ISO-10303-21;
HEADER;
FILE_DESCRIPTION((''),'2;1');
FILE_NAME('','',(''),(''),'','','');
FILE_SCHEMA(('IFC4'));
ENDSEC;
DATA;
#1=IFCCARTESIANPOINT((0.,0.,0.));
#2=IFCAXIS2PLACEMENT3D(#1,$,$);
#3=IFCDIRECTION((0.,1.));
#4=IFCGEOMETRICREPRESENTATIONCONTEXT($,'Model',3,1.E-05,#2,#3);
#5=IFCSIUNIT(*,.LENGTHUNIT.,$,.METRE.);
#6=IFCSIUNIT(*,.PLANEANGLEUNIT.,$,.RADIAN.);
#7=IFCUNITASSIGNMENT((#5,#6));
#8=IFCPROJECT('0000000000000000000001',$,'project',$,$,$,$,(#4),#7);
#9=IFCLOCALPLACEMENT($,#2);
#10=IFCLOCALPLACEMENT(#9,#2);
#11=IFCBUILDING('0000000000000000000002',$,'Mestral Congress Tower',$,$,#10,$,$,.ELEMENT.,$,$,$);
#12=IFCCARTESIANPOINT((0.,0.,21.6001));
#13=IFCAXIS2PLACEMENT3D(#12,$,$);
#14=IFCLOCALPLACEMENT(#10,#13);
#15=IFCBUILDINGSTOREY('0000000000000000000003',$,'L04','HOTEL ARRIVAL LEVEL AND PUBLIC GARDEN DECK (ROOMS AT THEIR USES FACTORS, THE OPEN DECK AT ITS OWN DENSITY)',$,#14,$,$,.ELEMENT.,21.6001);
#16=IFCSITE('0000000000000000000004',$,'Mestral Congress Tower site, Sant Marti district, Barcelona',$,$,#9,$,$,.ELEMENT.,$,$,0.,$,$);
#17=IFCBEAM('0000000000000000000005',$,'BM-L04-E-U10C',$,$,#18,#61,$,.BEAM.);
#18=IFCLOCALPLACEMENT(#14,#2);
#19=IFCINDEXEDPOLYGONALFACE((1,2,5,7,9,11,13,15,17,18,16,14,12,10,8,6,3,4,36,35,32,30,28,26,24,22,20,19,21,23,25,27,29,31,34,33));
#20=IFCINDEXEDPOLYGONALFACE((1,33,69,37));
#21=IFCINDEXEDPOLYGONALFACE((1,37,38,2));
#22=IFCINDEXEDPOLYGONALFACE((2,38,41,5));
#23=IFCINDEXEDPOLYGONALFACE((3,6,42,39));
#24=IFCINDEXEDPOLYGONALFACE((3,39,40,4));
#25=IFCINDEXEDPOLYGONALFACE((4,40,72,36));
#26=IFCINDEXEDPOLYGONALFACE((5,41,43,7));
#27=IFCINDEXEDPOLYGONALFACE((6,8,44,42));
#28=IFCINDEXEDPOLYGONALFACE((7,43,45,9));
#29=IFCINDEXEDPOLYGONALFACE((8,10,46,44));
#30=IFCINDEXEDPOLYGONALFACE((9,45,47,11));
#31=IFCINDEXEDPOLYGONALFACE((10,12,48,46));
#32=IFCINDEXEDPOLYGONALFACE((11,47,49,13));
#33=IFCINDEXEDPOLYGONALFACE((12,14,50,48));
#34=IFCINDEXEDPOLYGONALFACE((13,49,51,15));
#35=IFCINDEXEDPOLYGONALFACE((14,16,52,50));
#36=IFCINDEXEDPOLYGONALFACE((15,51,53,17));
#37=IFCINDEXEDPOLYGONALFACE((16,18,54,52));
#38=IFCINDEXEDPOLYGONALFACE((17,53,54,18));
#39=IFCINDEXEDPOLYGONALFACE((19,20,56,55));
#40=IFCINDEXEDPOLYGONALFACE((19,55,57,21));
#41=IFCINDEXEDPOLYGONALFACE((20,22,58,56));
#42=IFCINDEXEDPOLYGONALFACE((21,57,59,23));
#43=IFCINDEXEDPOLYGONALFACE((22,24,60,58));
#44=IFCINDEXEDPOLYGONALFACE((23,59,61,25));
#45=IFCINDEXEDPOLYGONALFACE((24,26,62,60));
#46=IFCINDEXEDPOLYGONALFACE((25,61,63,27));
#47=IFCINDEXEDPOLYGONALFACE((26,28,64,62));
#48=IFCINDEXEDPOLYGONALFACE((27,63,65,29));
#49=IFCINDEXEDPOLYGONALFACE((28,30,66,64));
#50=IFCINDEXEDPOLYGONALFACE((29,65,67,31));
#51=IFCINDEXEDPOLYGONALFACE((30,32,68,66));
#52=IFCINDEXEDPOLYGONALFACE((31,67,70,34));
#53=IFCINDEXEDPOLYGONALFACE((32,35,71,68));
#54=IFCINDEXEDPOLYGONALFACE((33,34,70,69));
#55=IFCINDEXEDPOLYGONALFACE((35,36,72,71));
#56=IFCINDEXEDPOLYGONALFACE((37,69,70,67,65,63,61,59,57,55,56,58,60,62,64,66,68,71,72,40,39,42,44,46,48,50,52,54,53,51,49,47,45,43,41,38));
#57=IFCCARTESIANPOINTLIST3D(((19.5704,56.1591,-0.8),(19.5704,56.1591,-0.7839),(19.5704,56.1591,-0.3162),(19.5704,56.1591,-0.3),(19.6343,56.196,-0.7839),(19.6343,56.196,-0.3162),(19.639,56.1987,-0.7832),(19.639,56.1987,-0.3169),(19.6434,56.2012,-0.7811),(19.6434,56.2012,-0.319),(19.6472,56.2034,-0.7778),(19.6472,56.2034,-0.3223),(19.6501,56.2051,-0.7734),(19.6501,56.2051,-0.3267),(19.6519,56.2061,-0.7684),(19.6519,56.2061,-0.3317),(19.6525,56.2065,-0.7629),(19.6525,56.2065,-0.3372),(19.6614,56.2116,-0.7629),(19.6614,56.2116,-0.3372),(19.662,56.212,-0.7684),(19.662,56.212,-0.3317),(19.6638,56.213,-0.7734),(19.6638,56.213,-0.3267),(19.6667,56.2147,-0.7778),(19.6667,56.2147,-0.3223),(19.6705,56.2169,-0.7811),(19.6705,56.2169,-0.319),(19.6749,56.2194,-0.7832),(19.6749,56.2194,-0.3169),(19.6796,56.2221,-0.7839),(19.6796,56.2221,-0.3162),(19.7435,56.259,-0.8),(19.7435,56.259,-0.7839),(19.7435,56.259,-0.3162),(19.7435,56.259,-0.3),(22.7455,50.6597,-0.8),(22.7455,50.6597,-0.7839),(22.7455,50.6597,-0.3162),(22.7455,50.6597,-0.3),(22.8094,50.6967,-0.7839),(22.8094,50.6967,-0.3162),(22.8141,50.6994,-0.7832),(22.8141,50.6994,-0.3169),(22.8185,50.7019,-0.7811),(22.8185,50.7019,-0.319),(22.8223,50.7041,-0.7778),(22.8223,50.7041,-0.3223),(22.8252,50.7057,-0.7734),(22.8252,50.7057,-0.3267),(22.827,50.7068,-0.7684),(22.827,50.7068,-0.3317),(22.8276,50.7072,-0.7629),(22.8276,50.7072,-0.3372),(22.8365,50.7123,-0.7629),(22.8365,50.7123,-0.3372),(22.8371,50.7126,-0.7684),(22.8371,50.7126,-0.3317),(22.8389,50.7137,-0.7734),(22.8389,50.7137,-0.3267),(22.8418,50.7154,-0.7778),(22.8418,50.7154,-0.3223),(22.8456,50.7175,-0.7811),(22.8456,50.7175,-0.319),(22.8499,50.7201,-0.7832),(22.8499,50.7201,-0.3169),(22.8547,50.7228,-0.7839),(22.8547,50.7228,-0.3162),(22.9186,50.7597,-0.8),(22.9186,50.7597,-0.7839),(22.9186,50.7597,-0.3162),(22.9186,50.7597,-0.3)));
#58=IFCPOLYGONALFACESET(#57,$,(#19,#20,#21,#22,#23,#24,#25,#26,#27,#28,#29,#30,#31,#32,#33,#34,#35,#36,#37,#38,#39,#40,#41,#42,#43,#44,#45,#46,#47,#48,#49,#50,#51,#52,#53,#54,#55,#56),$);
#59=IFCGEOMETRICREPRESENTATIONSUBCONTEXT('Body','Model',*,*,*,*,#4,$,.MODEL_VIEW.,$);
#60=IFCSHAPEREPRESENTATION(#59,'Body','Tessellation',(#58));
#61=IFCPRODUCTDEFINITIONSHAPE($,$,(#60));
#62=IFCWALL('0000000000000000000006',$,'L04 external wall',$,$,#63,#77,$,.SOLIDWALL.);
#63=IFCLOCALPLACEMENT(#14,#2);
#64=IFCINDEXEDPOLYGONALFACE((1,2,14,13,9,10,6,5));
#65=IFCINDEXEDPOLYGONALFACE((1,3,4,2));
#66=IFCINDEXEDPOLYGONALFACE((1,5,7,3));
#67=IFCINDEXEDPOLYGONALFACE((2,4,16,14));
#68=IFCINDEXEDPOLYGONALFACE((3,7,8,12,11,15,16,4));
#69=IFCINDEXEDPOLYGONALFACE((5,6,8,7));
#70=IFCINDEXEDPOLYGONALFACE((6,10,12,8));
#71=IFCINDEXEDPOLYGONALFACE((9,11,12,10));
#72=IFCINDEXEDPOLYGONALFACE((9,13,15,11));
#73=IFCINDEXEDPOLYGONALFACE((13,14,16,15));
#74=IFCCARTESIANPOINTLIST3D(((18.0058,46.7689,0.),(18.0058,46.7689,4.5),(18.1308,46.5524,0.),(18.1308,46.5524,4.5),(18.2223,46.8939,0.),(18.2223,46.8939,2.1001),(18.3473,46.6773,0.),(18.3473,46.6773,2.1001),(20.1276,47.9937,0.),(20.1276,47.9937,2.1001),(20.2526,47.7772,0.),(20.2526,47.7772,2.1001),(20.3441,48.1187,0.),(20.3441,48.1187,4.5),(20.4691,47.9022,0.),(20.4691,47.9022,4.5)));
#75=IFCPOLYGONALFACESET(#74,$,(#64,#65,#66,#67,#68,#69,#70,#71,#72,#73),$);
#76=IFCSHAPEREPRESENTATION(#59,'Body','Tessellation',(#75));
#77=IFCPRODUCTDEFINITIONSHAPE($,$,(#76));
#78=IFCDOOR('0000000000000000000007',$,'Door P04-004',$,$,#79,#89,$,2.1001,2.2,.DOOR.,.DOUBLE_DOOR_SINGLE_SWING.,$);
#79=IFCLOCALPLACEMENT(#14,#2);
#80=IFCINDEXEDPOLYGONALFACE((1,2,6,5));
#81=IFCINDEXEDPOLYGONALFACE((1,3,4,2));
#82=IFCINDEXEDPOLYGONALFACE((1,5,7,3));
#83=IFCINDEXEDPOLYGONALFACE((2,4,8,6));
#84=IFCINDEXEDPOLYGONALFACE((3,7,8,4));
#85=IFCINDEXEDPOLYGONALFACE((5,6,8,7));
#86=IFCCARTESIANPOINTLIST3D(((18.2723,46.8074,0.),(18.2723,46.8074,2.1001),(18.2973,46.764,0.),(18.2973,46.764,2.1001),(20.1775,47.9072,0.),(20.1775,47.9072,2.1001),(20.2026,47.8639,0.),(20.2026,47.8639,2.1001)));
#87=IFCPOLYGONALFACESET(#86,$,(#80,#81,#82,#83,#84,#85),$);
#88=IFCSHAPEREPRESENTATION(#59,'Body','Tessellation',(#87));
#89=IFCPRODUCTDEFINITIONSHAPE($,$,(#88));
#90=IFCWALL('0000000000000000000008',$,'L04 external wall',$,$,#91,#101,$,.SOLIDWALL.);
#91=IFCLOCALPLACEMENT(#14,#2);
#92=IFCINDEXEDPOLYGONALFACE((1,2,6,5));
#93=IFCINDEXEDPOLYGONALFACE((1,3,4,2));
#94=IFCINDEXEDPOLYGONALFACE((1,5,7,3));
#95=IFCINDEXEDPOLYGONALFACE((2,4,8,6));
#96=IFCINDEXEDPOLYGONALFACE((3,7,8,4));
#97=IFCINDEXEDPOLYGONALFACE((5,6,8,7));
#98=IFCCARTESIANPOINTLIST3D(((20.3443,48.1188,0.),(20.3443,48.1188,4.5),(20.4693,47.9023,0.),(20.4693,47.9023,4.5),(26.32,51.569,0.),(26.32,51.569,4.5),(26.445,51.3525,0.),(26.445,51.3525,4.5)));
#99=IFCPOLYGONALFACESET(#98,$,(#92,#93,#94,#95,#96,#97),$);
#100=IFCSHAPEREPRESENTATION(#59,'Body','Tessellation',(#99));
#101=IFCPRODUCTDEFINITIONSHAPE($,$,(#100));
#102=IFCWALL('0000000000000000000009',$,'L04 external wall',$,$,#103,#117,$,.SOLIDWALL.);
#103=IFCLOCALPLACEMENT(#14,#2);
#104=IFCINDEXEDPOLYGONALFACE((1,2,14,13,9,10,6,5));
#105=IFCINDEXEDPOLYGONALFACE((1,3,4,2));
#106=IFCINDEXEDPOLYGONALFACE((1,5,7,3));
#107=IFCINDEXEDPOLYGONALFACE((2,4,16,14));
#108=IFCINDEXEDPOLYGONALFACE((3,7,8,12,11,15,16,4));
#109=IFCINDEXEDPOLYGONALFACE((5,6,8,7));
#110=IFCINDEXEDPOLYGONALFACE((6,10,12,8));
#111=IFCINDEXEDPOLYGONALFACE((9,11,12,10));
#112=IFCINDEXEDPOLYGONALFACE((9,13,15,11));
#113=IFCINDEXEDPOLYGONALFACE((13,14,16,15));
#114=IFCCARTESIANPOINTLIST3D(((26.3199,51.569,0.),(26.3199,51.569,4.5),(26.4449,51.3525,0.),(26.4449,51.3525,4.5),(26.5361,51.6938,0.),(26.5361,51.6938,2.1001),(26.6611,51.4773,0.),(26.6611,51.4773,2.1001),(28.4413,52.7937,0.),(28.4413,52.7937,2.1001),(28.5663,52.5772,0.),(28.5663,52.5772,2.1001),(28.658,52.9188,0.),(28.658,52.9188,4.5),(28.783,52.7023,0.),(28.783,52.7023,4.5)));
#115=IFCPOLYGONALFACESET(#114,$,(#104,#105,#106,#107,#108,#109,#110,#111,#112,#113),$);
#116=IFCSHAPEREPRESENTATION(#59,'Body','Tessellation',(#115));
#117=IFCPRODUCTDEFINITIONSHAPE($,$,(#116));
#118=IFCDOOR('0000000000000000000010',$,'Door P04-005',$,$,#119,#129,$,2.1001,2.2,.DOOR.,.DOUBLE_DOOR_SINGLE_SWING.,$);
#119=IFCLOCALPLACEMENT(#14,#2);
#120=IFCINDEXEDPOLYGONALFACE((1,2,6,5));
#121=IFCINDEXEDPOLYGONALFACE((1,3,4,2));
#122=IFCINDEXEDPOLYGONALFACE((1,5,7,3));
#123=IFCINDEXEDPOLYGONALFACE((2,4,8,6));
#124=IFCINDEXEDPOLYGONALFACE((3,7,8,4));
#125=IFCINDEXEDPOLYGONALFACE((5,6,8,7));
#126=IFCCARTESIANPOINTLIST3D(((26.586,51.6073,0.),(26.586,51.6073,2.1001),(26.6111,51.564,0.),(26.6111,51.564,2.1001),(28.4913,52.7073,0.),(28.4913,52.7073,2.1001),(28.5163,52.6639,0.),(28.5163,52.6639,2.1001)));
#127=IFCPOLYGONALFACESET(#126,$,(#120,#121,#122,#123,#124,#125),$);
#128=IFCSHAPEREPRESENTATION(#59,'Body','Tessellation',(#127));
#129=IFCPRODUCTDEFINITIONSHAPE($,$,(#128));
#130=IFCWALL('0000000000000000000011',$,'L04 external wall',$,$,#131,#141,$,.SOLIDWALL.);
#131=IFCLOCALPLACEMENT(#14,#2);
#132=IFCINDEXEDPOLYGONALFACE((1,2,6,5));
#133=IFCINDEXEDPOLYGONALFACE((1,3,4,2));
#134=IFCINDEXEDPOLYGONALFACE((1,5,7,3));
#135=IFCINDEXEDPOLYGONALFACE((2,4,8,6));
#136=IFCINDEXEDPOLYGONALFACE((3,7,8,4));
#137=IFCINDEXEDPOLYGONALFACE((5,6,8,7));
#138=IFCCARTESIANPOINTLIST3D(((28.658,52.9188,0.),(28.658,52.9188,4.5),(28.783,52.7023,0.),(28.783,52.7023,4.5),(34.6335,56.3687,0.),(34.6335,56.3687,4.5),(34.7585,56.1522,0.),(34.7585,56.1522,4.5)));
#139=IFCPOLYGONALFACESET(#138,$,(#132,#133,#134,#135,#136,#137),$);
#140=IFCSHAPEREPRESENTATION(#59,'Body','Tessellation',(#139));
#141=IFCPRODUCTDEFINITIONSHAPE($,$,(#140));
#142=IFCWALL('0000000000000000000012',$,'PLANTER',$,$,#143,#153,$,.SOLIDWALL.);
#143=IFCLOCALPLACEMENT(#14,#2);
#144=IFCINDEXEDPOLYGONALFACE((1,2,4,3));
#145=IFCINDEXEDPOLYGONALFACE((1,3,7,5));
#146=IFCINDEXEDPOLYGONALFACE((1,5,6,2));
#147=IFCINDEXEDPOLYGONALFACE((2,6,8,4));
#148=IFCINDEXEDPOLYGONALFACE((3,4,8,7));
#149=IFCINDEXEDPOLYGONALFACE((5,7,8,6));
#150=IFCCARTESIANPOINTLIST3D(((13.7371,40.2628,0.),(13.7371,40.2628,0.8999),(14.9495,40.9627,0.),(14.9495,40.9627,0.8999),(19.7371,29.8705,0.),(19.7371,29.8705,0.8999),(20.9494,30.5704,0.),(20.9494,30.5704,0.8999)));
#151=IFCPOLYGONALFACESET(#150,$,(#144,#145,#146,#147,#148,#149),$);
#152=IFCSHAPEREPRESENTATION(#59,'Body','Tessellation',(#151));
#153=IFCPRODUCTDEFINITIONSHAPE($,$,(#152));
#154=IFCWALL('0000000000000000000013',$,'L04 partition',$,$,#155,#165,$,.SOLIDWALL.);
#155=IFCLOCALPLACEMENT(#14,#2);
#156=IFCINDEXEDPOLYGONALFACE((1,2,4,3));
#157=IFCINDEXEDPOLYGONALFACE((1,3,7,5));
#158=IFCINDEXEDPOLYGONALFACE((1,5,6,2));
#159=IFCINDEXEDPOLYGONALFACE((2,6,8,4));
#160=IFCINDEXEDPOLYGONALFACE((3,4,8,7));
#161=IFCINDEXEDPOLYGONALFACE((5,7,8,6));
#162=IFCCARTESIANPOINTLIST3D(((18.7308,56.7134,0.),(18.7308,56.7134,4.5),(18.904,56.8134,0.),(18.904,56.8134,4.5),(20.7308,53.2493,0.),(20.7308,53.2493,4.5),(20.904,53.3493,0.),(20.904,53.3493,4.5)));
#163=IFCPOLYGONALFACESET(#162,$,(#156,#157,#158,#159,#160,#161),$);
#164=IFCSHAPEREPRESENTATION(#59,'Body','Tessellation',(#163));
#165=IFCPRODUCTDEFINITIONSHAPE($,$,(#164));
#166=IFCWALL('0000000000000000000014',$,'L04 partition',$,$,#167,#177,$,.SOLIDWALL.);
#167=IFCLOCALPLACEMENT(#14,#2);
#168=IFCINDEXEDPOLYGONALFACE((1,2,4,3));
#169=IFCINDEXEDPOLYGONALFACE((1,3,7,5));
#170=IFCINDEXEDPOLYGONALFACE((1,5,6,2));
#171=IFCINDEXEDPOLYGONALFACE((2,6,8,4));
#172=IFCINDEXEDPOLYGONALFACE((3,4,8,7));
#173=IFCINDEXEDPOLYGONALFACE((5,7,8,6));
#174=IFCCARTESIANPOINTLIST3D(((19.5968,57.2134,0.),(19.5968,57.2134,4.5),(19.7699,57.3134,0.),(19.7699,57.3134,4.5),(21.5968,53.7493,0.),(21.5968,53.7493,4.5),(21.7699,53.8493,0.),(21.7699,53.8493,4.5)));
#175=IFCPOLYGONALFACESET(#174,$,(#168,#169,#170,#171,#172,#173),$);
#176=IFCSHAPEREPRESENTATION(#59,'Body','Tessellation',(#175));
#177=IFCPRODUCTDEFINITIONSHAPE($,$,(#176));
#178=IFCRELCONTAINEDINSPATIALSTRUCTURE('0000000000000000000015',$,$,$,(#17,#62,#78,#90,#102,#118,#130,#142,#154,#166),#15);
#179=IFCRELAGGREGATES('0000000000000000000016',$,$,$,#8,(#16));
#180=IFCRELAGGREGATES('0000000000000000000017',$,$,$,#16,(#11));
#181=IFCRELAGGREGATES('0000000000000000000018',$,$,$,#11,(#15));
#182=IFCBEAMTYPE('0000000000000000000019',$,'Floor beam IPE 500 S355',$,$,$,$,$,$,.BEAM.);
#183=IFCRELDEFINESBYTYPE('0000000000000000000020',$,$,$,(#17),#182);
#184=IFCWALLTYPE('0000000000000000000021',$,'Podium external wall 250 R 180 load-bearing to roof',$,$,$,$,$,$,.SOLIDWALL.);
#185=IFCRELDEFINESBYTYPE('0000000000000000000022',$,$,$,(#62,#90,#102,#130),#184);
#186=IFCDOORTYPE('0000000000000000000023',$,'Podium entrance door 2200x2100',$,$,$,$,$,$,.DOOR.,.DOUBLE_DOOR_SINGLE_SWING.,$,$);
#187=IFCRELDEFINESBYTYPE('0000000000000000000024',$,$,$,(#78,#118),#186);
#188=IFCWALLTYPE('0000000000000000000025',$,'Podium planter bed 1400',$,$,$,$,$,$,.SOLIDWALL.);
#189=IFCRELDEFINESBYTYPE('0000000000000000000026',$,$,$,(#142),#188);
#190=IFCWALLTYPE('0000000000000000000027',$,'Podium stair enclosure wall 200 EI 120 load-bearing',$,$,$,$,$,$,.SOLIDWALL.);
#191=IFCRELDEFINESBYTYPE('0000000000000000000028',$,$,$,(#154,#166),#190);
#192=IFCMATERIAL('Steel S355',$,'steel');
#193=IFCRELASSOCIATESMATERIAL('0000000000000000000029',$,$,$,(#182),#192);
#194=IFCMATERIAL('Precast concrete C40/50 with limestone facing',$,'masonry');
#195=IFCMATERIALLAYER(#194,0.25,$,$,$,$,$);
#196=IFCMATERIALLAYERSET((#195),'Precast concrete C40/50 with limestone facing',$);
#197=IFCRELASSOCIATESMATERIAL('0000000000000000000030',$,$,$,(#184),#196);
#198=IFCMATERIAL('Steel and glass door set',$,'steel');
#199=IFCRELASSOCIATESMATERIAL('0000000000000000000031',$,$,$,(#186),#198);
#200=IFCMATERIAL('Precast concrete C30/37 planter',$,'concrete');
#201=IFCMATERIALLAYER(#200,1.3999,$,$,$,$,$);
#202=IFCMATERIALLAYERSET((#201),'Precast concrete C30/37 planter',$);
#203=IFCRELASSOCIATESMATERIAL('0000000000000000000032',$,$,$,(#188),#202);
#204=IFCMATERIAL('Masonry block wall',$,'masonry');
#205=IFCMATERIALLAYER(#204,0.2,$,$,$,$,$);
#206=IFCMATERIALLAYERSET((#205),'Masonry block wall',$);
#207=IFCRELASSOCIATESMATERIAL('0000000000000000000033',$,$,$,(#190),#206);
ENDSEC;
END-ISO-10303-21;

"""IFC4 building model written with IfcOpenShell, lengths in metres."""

from ifc_helpers import new_model, si_unit, direction, frame, frame_2d, origin, origin_2d, place, context, subcontext, project, spatial, rectangle, i_section, extrude, material, layer, layer_set, material_profile, profile_set, type_object, element, fill, save


model = new_model("IFC4")

# Units and contexts
model_context = context("Model", 3, precision=1e-05, world=origin(), true_north=direction((0.0, 1.0)))
body_context = subcontext(model_context, "Body", "Model", "MODEL_VIEW")
ifc_project = project(units=[si_unit("LENGTHUNIT", "METRE"), si_unit("PLANEANGLEUNIT", "RADIAN")], contexts=[model_context])

# Site, building, storey
site_placement = place(None, origin())
site = spatial("IfcSite", under=ifc_project, at=site_placement, Name="Mestral Congress Tower site, Sant Marti district, Barcelona", CompositionType="ELEMENT", RefElevation=0.0)
building_placement = place(site_placement, origin())
building = spatial("IfcBuilding", under=site, at=building_placement, Name="Mestral Congress Tower", CompositionType="ELEMENT")
storey_placement = place(building_placement, frame((0.0, 0.0, 21.6001)))
storey = spatial("IfcBuildingStorey", under=building, at=storey_placement, Name="L04", Description="HOTEL ARRIVAL LEVEL AND PUBLIC GARDEN DECK (ROOMS AT THEIR USES FACTORS, THE OPEN DECK AT ITS OWN DENSITY)", CompositionType="ELEMENT", Elevation=21.6001)

# Beam
ifc_material_1 = material(Name="Steel S355", Category="steel")
ifc_material_profile = material_profile(ifc_material_1, i_section(OverallWidth=0.2, OverallDepth=0.5, WebThickness=0.0103, FlangeThickness=0.0161, FilletRadius=0.021, at=origin_2d()), Name="IPE 500")
ifc_profile_set = profile_set([ifc_material_profile], Name="Steel S355")
beam_type = type_object("IfcBeamType", Name="Floor beam IPE 500 S355", PredefinedType="BEAM", material=ifc_profile_set)
beam_placement = place(storey_placement, frame((22.832, 50.7097, -0.55), z_axis=(-0.500005, 0.866022, 0.0), x_axis=(-0.866022, -0.500005, 0.0)))
element("IfcBeam", 1, at=beam_placement, inside=storey, type_object=beam_type, Name="BM-L04-E-U10C", PredefinedType="BEAM", context=body_context, shape_type="SweptSolid", body=[
    extrude(i_section(OverallWidth=0.2, OverallDepth=0.5, WebThickness=0.0103, FlangeThickness=0.0161, FilletRadius=0.021, at=origin_2d()), origin(), (0.0, 0.0, 1.0), 6.3501),
])

# Wall, opening, door
ifc_material_2 = material(Name="Precast concrete C40/50 with limestone facing", Category="masonry")
ifc_layer_1 = layer(ifc_material_2, 0.25)
ifc_layer_set_1 = layer_set([ifc_layer_1], Name="Precast concrete C40/50 with limestone facing")
wall_type_1 = type_object("IfcWallType", Name="Podium external wall 250 R 180 load-bearing to roof", PredefinedType="SOLIDWALL", material=ifc_layer_set_1)
wall_1_placement = place(storey_placement, frame((20.4067, 48.0105, 0.0), z_axis=(0.0, 0.0, 1.0), x_axis=(-0.866059, -0.499942, 0.0)))
wall_1 = element("IfcWall", 2, at=wall_1_placement, inside=storey, type_object=wall_type_1, Name="L04 external wall", PredefinedType="SOLIDWALL", context=body_context, shape_type="SweptSolid", body=[
    extrude(rectangle(XDim=2.7, YDim=0.25, at=frame_2d((1.3501, 0.0))), origin(), (0.0, 0.0, 1.0), 4.5),
])
opening_1_placement = place(wall_1_placement, frame((0.25, 0.0, 0.0)))
opening_1 = element("IfcOpeningElement", 3, at=opening_1_placement, cuts=wall_1, PredefinedType="OPENING", context=body_context, shape_type="SweptSolid", body=[
    extrude(rectangle(XDim=2.2, YDim=2.1001, at=frame_2d((1.1001, 1.05))), frame((0.0, 0.135, 0.0), z_axis=(0.0, -1.0, 0.0), x_axis=(1.0, 0.0, 0.0)), (0.0, 0.0, 1.0), 0.27),
])
ifc_material_3 = material(Name="Steel and glass door set", Category="steel")
door_type_1 = type_object("IfcDoorType", Name="Podium entrance door 2200x2100", OperationType="DOUBLE_DOOR_SINGLE_SWING", PredefinedType="DOOR", material=ifc_material_3)
door_1_placement = place(opening_1_placement, origin())
door_1 = element("IfcDoor", 4, at=door_1_placement, inside=storey, type_object=door_type_1, Name="Door P04-004", OperationType="DOUBLE_DOOR_SINGLE_SWING", OverallHeight=2.1001, OverallWidth=2.2, PredefinedType="DOOR", context=body_context, shape_type="SweptSolid", body=[
    extrude(rectangle(XDim=2.2, YDim=2.1001, at=frame_2d((1.1001, 1.05))), frame((0.0, 0.0249, 0.0), z_axis=(0.0, -1.0, 0.0), x_axis=(1.0, 0.0, 0.0)), (0.0, 0.0, 1.0), 0.05),
])
fill(opening_1, door_1)

# Wall
wall_2_placement = place(storey_placement, frame((20.4067, 48.0105, 0.0), z_axis=(0.0, 0.0, 1.0), x_axis=(0.866014, 0.500021, 0.0)))
element("IfcWall", 5, at=wall_2_placement, inside=storey, type_object=wall_type_1, Name="L04 external wall", PredefinedType="SOLIDWALL", context=body_context, shape_type="SweptSolid", body=[
    extrude(rectangle(XDim=6.9001, YDim=0.25, at=frame_2d((3.4502, 0.0))), origin(), (0.0, 0.0, 1.0), 4.5),
])

# Wall, opening, door
wall_3_placement = place(storey_placement, frame((28.7205, 52.8105, 0.0), z_axis=(0.0, 0.0, 1.0), x_axis=(-0.866037, -0.499981, 0.0)))
wall_3 = element("IfcWall", 6, at=wall_3_placement, inside=storey, type_object=wall_type_1, Name="L04 external wall", PredefinedType="SOLIDWALL", context=body_context, shape_type="SweptSolid", body=[
    extrude(rectangle(XDim=2.6997, YDim=0.25, at=frame_2d((1.3499, 0.0))), origin(), (0.0, 0.0, 1.0), 4.5),
])
opening_2_placement = place(wall_3_placement, frame((0.25, 0.0, 0.0)))
opening_2 = element("IfcOpeningElement", 7, at=opening_2_placement, cuts=wall_3, PredefinedType="OPENING", context=body_context, shape_type="SweptSolid", body=[
    extrude(rectangle(XDim=2.2, YDim=2.1001, at=frame_2d((1.1001, 1.05))), frame((0.0, 0.135, 0.0), z_axis=(0.0, -1.0, 0.0), x_axis=(1.0, 0.0, 0.0)), (0.0, 0.0, 1.0), 0.27),
])
door_2_placement = place(opening_2_placement, origin())
door_2 = element("IfcDoor", 8, at=door_2_placement, inside=storey, type_object=door_type_1, Name="Door P04-005", OperationType="DOUBLE_DOOR_SINGLE_SWING", OverallHeight=2.1001, OverallWidth=2.2, PredefinedType="DOOR", context=body_context, shape_type="SweptSolid", body=[
    extrude(rectangle(XDim=2.2, YDim=2.1001, at=frame_2d((1.1001, 1.05))), frame((0.0, 0.0249, 0.0), z_axis=(0.0, -1.0, 0.0), x_axis=(1.0, 0.0, 0.0)), (0.0, 0.0, 1.0), 0.05),
])
fill(opening_2, door_2)

# Walls
wall_4_placement = place(storey_placement, frame((28.7205, 52.8105, 0.0), z_axis=(0.0, 0.0, 1.0), x_axis=(0.866029, 0.499994, 0.0)))
element("IfcWall", 9, at=wall_4_placement, inside=storey, type_object=wall_type_1, Name="L04 external wall", PredefinedType="SOLIDWALL", context=body_context, shape_type="SweptSolid", body=[
    extrude(rectangle(XDim=6.8999, YDim=0.25, at=frame_2d((3.45, 0.0))), origin(), (0.0, 0.0, 1.0), 4.5),
])
ifc_material_4 = material(Name="Precast concrete C30/37 planter", Category="concrete")
ifc_layer_2 = layer(ifc_material_4, 1.3999)
ifc_layer_set_2 = layer_set([ifc_layer_2], Name="Precast concrete C30/37 planter")
wall_type_2 = type_object("IfcWallType", Name="Podium planter bed 1400", PredefinedType="SOLIDWALL", material=ifc_layer_set_2)
wall_5_placement = place(storey_placement, frame((20.3433, 30.2205, 0.0), z_axis=(0.0, 0.0, 1.0), x_axis=(-0.499999, 0.866026, 0.0)))
element("IfcWall", 10, at=wall_5_placement, inside=storey, type_object=wall_type_2, Name="PLANTER", PredefinedType="SOLIDWALL", context=body_context, shape_type="SweptSolid", body=[
    extrude(rectangle(XDim=12.0, YDim=1.3999, at=frame_2d((6.0, 0.0))), origin(), (0.0, 0.0, 1.0), 0.8999),
])
ifc_material_5 = material(Name="Masonry block wall", Category="masonry")
ifc_layer_3 = layer(ifc_material_5, 0.2)
ifc_layer_set_3 = layer_set([ifc_layer_3], Name="Masonry block wall")
wall_type_3 = type_object("IfcWallType", Name="Podium stair enclosure wall 200 EI 120 load-bearing", PredefinedType="SOLIDWALL", material=ifc_layer_set_3)
for number, where, z_axis, x_axis, name in (
    (11, (20.8174, 53.2993, 0.0), (0.0, 0.0, 1.0), (-0.499999, 0.866026, 0.0), "L04 partition"),
    (12, (21.6833, 53.7993, 0.0), (0.0, 0.0, 1.0), (-0.499999, 0.866026, 0.0), "L04 partition"),
):
    element("IfcWall", number, at=place(storey_placement, frame(where, z_axis=z_axis, x_axis=x_axis)), inside=storey, type_object=wall_type_3, Name=name, PredefinedType="SOLIDWALL", context=body_context, shape_type="SweptSolid", body=[
        extrude(rectangle(XDim=4.0, YDim=0.2, at=frame_2d((2.0, 0.0))), origin(), (0.0, 0.0, 1.0), 4.5),
    ])

save(model, "model.ifc")
